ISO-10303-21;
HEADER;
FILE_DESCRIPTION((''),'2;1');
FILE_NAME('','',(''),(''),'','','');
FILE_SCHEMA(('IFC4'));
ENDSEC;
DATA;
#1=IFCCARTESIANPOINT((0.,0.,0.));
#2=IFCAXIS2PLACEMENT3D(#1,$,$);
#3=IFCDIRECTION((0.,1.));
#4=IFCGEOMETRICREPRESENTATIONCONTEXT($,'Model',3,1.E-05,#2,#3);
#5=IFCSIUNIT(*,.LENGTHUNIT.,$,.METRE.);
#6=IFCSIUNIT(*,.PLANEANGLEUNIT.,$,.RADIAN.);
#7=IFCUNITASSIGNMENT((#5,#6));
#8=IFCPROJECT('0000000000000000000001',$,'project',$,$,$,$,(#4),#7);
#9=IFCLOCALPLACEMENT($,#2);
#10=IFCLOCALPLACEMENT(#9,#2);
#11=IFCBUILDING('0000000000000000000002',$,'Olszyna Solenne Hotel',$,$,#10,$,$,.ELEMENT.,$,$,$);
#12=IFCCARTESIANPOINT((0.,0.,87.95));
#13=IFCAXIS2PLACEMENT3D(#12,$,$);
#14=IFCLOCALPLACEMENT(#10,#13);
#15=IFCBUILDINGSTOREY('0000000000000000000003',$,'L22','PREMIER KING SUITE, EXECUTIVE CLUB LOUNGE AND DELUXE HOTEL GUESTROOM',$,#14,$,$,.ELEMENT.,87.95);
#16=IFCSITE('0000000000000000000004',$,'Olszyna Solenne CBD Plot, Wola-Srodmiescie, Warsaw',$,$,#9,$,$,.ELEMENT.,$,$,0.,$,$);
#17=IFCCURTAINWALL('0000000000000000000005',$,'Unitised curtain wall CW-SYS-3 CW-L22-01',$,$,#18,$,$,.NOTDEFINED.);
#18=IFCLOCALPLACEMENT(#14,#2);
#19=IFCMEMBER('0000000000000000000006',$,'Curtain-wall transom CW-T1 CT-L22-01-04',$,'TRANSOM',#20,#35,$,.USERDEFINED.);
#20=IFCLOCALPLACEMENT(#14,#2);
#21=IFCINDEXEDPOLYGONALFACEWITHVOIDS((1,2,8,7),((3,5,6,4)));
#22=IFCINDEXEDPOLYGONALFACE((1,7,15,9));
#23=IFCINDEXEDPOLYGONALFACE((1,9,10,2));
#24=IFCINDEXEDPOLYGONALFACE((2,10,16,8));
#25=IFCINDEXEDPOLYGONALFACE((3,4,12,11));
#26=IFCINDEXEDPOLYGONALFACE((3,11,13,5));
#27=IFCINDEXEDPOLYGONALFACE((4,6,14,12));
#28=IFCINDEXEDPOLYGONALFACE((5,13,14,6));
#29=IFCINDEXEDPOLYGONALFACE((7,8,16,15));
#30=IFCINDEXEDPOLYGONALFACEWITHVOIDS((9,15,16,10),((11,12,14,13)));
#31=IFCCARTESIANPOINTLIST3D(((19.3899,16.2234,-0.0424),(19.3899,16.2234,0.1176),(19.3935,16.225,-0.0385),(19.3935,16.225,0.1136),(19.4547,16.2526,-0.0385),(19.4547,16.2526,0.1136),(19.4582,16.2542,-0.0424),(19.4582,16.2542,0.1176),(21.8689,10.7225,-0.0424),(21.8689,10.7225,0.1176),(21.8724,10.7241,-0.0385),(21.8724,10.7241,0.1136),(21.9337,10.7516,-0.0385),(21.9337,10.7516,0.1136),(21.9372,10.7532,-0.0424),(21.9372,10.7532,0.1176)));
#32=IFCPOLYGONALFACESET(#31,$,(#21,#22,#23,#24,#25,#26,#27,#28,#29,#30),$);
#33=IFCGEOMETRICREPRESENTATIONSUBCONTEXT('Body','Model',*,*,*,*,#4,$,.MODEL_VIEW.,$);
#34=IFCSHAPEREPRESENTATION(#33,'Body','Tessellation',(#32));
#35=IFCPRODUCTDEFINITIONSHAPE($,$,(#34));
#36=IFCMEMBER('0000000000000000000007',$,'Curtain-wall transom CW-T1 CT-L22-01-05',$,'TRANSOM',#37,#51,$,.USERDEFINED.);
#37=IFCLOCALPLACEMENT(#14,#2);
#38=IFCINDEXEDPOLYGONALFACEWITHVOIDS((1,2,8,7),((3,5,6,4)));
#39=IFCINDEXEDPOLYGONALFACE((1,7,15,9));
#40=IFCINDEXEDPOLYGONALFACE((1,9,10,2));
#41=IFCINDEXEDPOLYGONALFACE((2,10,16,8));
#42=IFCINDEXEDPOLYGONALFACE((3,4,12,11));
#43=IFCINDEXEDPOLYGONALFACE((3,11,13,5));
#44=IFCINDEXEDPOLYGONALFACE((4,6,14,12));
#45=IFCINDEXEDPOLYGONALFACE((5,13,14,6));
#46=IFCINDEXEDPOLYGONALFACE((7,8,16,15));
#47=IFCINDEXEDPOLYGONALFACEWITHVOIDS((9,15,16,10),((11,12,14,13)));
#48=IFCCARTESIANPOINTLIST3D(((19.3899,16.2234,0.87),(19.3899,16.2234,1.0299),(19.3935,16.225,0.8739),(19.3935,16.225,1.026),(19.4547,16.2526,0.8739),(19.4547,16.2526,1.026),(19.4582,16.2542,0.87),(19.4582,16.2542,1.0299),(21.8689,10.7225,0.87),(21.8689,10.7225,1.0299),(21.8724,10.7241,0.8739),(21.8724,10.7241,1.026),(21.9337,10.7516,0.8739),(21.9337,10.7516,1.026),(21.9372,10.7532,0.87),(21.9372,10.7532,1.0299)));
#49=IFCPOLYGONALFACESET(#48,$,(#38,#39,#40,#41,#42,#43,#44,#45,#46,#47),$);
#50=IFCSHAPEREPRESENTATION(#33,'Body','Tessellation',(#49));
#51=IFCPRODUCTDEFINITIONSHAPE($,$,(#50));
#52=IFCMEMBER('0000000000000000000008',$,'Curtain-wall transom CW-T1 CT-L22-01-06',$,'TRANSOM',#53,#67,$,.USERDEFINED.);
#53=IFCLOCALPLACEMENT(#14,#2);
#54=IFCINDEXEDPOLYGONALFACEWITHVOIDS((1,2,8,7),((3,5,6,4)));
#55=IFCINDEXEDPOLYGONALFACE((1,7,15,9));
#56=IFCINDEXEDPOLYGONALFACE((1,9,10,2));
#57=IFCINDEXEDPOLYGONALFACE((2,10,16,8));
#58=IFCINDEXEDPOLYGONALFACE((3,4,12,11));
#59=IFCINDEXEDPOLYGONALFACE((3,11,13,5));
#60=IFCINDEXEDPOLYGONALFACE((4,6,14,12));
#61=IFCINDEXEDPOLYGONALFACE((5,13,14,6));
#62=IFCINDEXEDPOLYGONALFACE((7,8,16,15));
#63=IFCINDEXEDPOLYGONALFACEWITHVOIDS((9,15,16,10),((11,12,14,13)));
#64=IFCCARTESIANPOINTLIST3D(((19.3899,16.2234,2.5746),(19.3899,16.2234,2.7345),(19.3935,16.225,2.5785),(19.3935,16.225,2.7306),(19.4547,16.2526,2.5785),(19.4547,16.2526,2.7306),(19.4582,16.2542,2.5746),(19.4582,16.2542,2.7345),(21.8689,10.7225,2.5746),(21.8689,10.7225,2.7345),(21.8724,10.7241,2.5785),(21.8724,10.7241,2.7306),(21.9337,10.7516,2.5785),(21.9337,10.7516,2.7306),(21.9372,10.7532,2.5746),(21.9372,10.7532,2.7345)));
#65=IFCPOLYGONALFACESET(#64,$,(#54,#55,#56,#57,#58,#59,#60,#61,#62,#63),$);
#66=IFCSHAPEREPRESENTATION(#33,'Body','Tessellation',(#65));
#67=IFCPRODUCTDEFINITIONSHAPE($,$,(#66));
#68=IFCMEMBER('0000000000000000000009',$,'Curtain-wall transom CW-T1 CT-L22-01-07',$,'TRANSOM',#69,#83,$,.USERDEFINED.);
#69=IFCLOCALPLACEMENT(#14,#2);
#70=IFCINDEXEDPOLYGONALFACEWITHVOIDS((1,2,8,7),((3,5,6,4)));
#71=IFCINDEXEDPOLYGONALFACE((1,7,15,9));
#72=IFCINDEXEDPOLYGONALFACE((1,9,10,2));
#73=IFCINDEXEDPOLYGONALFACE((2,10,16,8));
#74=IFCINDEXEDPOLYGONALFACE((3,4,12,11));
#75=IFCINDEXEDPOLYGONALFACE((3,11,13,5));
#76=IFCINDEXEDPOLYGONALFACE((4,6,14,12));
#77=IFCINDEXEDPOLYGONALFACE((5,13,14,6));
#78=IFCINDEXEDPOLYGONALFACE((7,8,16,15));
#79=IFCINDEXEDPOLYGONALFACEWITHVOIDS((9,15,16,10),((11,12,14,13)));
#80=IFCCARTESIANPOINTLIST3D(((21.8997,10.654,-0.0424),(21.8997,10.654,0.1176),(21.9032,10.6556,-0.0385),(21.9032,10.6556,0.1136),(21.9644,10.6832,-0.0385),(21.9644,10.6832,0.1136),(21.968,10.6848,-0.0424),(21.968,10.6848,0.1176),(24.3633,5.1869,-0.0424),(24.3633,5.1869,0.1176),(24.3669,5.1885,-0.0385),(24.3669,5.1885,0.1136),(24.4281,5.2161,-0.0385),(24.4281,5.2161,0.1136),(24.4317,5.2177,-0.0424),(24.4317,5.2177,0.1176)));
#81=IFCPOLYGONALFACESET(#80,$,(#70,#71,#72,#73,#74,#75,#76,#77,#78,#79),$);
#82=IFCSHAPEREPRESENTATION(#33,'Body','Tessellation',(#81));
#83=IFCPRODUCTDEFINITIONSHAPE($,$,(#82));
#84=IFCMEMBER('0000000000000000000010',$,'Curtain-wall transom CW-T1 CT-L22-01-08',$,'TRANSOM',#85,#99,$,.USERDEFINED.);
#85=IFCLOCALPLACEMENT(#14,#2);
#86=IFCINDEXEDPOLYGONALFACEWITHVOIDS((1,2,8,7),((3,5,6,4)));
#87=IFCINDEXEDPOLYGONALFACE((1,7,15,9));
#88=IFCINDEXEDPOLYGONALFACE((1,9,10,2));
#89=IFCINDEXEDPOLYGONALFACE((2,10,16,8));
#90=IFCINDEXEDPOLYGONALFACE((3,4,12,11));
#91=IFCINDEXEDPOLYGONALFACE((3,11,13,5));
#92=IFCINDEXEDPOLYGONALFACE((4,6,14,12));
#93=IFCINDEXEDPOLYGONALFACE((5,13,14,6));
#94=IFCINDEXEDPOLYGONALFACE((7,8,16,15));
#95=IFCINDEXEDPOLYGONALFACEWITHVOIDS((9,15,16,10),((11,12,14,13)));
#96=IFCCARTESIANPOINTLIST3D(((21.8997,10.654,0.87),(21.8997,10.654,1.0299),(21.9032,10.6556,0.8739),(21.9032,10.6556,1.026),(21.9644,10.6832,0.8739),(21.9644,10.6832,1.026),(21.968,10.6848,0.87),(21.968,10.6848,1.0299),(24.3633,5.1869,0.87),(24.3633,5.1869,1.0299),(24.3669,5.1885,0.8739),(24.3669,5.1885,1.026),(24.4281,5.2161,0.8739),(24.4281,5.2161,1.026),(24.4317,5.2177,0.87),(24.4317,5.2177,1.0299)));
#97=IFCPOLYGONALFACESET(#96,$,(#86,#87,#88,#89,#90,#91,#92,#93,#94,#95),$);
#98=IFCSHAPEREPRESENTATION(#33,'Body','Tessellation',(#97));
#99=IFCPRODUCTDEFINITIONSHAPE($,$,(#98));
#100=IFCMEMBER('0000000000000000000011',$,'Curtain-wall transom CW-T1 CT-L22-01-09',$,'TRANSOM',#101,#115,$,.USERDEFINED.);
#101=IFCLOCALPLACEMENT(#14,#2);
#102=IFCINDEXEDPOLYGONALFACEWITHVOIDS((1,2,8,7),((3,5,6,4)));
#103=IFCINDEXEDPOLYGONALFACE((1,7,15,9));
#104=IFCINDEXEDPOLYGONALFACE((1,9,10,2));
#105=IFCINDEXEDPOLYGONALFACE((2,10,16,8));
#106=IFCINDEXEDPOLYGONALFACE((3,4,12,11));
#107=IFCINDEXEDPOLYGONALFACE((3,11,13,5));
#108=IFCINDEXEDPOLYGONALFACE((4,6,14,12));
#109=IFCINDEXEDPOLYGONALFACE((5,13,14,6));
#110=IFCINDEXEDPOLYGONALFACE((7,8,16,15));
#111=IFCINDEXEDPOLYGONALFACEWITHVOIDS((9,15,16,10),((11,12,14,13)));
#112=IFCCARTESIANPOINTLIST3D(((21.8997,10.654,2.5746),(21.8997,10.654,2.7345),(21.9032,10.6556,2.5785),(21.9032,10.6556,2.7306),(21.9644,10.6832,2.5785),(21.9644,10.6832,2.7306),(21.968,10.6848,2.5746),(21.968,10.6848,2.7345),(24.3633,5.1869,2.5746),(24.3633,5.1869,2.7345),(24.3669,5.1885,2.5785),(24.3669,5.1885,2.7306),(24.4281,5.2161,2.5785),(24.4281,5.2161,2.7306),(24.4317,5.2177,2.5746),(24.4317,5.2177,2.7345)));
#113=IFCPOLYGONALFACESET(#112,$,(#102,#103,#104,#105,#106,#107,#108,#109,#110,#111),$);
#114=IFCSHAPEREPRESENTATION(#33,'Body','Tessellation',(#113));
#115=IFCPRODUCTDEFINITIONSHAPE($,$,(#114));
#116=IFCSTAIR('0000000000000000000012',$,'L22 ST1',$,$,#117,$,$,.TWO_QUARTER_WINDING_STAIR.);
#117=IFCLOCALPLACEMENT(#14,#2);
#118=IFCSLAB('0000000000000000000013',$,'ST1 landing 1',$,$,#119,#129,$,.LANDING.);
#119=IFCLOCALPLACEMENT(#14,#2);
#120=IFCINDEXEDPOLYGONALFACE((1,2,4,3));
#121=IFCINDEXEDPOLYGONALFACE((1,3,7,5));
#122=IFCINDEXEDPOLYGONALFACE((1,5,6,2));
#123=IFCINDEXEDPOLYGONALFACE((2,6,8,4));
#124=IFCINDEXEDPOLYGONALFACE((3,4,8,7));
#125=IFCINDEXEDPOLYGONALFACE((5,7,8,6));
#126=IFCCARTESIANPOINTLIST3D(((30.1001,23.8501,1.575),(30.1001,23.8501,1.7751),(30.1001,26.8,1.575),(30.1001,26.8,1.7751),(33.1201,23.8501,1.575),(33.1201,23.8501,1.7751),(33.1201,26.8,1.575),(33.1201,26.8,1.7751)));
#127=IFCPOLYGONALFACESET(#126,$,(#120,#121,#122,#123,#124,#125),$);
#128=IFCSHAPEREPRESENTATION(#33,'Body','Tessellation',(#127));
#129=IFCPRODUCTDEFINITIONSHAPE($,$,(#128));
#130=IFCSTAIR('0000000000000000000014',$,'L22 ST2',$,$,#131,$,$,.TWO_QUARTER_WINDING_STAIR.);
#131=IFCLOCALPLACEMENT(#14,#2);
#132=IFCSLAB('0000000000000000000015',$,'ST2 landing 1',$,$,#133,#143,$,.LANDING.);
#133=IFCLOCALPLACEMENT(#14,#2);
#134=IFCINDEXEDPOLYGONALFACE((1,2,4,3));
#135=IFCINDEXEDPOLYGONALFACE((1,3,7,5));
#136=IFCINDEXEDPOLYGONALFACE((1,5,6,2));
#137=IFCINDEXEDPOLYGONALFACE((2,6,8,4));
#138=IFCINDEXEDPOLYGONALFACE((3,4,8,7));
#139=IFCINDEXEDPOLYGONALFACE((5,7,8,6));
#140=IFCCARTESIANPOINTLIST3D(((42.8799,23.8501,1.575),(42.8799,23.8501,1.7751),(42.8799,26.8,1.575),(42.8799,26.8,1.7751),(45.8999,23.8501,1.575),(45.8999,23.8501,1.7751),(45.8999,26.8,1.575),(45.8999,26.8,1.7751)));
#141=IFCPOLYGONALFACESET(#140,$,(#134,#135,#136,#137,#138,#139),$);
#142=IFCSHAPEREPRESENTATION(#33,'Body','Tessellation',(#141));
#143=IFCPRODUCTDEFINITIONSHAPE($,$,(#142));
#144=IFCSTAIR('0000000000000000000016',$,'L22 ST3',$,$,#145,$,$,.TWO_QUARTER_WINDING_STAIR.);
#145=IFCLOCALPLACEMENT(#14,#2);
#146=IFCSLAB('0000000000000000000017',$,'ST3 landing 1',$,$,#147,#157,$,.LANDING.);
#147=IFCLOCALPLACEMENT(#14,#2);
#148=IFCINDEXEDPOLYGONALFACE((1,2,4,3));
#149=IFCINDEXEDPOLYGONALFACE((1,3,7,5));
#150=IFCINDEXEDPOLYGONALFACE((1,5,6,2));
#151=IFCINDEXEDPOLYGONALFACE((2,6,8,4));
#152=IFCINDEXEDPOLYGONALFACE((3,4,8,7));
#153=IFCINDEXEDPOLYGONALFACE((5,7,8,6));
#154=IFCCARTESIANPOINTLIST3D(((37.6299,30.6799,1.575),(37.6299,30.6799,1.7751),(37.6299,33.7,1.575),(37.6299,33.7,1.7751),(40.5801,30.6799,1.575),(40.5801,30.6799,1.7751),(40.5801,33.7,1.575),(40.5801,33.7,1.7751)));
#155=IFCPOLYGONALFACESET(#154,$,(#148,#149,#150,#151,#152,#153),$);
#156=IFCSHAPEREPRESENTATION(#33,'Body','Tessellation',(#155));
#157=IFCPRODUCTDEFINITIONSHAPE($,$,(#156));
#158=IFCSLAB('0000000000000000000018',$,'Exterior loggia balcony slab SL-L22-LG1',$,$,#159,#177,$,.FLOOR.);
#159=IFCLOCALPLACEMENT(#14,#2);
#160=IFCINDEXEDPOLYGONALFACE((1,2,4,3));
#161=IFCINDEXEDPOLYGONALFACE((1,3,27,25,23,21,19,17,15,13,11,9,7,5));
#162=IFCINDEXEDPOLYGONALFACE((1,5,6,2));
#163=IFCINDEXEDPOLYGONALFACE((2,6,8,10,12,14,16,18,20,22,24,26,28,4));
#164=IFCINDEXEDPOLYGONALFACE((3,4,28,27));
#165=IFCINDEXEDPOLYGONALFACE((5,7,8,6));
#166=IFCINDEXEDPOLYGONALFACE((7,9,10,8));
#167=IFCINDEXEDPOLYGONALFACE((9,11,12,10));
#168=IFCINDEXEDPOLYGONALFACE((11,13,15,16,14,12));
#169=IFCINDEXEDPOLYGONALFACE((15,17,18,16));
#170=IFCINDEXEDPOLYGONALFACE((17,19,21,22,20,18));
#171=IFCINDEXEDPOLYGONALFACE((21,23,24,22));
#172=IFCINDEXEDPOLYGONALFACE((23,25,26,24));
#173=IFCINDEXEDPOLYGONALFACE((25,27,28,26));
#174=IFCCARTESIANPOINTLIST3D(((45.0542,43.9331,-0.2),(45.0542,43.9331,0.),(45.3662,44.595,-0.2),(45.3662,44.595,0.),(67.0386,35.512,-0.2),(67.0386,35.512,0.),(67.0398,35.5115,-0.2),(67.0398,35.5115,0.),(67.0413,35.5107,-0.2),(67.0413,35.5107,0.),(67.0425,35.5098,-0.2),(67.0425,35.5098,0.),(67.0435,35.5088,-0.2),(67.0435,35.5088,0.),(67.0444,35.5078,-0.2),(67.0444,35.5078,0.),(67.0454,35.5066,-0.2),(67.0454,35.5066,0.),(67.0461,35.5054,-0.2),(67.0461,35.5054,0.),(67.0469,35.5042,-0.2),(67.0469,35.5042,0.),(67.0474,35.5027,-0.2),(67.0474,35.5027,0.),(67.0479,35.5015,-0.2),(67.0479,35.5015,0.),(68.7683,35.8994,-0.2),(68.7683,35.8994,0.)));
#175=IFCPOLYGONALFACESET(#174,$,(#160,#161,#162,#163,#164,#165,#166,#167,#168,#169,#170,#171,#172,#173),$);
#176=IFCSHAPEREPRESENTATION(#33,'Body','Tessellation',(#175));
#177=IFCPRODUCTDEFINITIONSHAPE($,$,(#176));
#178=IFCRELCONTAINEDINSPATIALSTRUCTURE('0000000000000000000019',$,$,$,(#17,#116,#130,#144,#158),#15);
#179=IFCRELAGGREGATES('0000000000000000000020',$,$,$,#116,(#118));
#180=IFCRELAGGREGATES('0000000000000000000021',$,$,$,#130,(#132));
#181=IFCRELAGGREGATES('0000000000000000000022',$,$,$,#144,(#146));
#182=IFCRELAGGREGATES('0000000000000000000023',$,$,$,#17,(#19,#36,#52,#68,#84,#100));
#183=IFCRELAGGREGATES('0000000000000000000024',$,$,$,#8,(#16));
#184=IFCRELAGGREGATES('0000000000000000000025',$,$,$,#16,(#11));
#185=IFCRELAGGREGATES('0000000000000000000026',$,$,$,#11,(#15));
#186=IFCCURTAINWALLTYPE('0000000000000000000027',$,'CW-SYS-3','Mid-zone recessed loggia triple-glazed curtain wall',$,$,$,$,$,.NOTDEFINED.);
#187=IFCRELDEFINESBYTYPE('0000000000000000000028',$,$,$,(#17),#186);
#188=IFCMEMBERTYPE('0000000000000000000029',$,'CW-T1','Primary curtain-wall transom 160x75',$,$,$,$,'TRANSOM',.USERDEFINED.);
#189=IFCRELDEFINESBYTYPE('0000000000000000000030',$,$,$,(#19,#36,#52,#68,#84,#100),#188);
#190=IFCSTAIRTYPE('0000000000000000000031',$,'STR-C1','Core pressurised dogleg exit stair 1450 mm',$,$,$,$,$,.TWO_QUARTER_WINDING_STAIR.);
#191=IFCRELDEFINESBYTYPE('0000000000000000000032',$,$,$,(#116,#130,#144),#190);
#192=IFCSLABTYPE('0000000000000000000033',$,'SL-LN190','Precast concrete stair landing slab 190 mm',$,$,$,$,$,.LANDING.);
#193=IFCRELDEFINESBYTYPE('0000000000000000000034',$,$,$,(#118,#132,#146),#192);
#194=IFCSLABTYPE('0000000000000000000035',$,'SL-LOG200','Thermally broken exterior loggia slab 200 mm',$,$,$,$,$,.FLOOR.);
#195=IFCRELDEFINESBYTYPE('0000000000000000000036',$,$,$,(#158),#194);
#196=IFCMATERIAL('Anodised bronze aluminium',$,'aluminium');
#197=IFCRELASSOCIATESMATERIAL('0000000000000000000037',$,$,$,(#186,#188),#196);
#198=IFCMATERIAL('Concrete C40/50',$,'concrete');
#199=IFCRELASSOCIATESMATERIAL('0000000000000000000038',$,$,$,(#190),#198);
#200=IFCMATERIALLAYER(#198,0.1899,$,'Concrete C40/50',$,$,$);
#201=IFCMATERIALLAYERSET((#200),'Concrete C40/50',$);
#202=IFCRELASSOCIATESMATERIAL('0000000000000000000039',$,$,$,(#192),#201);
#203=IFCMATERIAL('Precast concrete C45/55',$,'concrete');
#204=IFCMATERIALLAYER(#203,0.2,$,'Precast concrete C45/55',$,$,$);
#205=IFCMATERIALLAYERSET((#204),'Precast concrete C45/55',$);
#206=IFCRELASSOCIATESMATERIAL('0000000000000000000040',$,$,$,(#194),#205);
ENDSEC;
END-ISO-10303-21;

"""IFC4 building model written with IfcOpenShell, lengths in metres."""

from ifc_helpers import new_model, si_unit, direction, frame, origin, origin_2d, place, context, subcontext, project, spatial, polyline, hollow_rectangle, outline, extrude, source, transform, mapped, material, layer, layer_set, material_profile, profile_set, type_object, element, aggregate, save


model = new_model("IFC4")

# Units and contexts
model_context = context("Model", 3, precision=1e-05, world=origin(), true_north=direction((0.0, 1.0)))
body_context = subcontext(model_context, "Body", "Model", "MODEL_VIEW")
ifc_project = project(units=[si_unit("LENGTHUNIT", "METRE"), si_unit("PLANEANGLEUNIT", "RADIAN")], contexts=[model_context])

# Site, building, storey
site_placement = place(None, origin())
site = spatial("IfcSite", under=ifc_project, at=site_placement, Name="Olszyna Solenne CBD Plot, Wola-Srodmiescie, Warsaw", CompositionType="ELEMENT", RefElevation=0.0)
building_placement = place(site_placement, origin())
building = spatial("IfcBuilding", under=site, at=building_placement, Name="Olszyna Solenne Hotel", CompositionType="ELEMENT")
storey_placement = place(building_placement, frame((0.0, 0.0, 87.95)))
storey = spatial("IfcBuildingStorey", under=building, at=storey_placement, Name="L22", Description="PREMIER KING SUITE, EXECUTIVE CLUB LOUNGE AND DELUXE HOTEL GUESTROOM", CompositionType="ELEMENT", Elevation=87.95)

# Curtain wall, members
ifc_material_1 = material(Name="Anodised bronze aluminium", Category="aluminium")
curtain_wall_type = type_object("IfcCurtainWallType", Name="CW-SYS-3", Description="Mid-zone recessed loggia triple-glazed curtain wall", PredefinedType="NOTDEFINED", material=ifc_material_1)
curtain_wall_placement = place(storey_placement, origin())
curtain_wall = element("IfcCurtainWall", 1, at=curtain_wall_placement, inside=storey, type_object=curtain_wall_type, Name="Unitised curtain wall CW-SYS-3 CW-L22-01", PredefinedType="NOTDEFINED")
ifc_material_profile_1 = material_profile(ifc_material_1, hollow_rectangle(XDim=0.075, YDim=0.1599, WallThickness=0.0039, at=origin_2d()), Name="TRAN 160x75x4", Category="load-bearing")
ifc_profile_set_1 = profile_set([ifc_material_profile_1], Name="Anodised bronze aluminium")
member_type_1 = type_object("IfcMemberType", Name="CW-T1", Description="Primary curtain-wall transom 160x75", ElementType="TRANSOM", PredefinedType="USERDEFINED", material=ifc_profile_set_1)
shared_shape_1 = source(origin(), body_context, "Body", "SweptSolid", [
    extrude(hollow_rectangle(XDim=0.075, YDim=0.1599, WallThickness=0.0039, at=origin_2d()), origin(), (0.0, 0.0, 1.0), 6.0337),
])
member_1_placement = place(storey_placement, frame((19.4241, 16.2388, 0.0376), z_axis=(0.410856, -0.9117, 0.0), x_axis=(0.9117, 0.410856, 0.0)))
member_1 = element("IfcMember", 2, at=member_1_placement, type_object=member_type_1, Name="Curtain-wall transom CW-T1 CT-L22-01-04", ObjectType="TRANSOM", PredefinedType="USERDEFINED", context=body_context, shape_type="MappedRepresentation", body=[
    mapped(shared_shape_1, transform((0.0, 0.0, 0.0), x_axis=(1.0, 0.0, 0.0), y_axis=(0.0, 1.0, 0.0), z_axis=(0.0, 0.0, 1.0), scale=1.0)),
])
member_2_placement = place(storey_placement, frame((19.4241, 16.2388, 0.95), z_axis=(0.410856, -0.9117, 0.0), x_axis=(0.9117, 0.410856, 0.0)))
member_2 = element("IfcMember", 3, at=member_2_placement, type_object=member_type_1, Name="Curtain-wall transom CW-T1 CT-L22-01-05", ObjectType="TRANSOM", PredefinedType="USERDEFINED", context=body_context, shape_type="MappedRepresentation", body=[
    mapped(shared_shape_1, transform((0.0, 0.0, 0.0), x_axis=(1.0, 0.0, 0.0), y_axis=(0.0, 1.0, 0.0), z_axis=(0.0, 0.0, 1.0), scale=1.0)),
])
member_3_placement = place(storey_placement, frame((19.4241, 16.2388, 2.6545), z_axis=(0.410856, -0.9117, 0.0), x_axis=(0.9117, 0.410856, 0.0)))
member_3 = element("IfcMember", 4, at=member_3_placement, type_object=member_type_1, Name="Curtain-wall transom CW-T1 CT-L22-01-06", ObjectType="TRANSOM", PredefinedType="USERDEFINED", context=body_context, shape_type="MappedRepresentation", body=[
    mapped(shared_shape_1, transform((0.0, 0.0, 0.0), x_axis=(1.0, 0.0, 0.0), y_axis=(0.0, 1.0, 0.0), z_axis=(0.0, 0.0, 1.0), scale=1.0)),
])
shared_shape_2 = source(origin(), body_context, "Body", "SweptSolid", [
    extrude(hollow_rectangle(XDim=0.075, YDim=0.1599, WallThickness=0.0039, at=origin_2d()), origin(), (0.0, 0.0, 1.0), 5.9966),
])
member_4_placement = place(storey_placement, frame((21.9338, 10.6694, 0.0376), z_axis=(0.410844, -0.911706, 0.0), x_axis=(0.911706, 0.410844, 0.0)))
member_4 = element("IfcMember", 5, at=member_4_placement, type_object=member_type_1, Name="Curtain-wall transom CW-T1 CT-L22-01-07", ObjectType="TRANSOM", PredefinedType="USERDEFINED", context=body_context, shape_type="MappedRepresentation", body=[
    mapped(shared_shape_2, transform((0.0, 0.0, 0.0), x_axis=(1.0, 0.0, 0.0), y_axis=(0.0, 1.0, 0.0), z_axis=(0.0, 0.0, 1.0), scale=1.0)),
])
member_5_placement = place(storey_placement, frame((21.9338, 10.6694, 0.95), z_axis=(0.410844, -0.911706, 0.0), x_axis=(0.911706, 0.410844, 0.0)))
member_5 = element("IfcMember", 6, at=member_5_placement, type_object=member_type_1, Name="Curtain-wall transom CW-T1 CT-L22-01-08", ObjectType="TRANSOM", PredefinedType="USERDEFINED", context=body_context, shape_type="MappedRepresentation", body=[
    mapped(shared_shape_2, transform((0.0, 0.0, 0.0), x_axis=(1.0, 0.0, 0.0), y_axis=(0.0, 1.0, 0.0), z_axis=(0.0, 0.0, 1.0), scale=1.0)),
])
member_6_placement = place(storey_placement, frame((21.9338, 10.6694, 2.6545), z_axis=(0.410844, -0.911706, 0.0), x_axis=(0.911706, 0.410844, 0.0)))
member_6 = element("IfcMember", 7, at=member_6_placement, type_object=member_type_1, Name="Curtain-wall transom CW-T1 CT-L22-01-09", ObjectType="TRANSOM", PredefinedType="USERDEFINED", context=body_context, shape_type="MappedRepresentation", body=[
    mapped(shared_shape_2, transform((0.0, 0.0, 0.0), x_axis=(1.0, 0.0, 0.0), y_axis=(0.0, 1.0, 0.0), z_axis=(0.0, 0.0, 1.0), scale=1.0)),
])

# Stairs, slabs
ifc_material_2 = material(Name="Concrete C40/50", Category="concrete")
stair_type = type_object("IfcStairType", Name="STR-C1", Description="Core pressurised dogleg exit stair 1450 mm", PredefinedType="TWO_QUARTER_WINDING_STAIR", material=ifc_material_2)
stair_1_placement = place(storey_placement, origin())
stair_1 = element("IfcStair", 8, at=stair_1_placement, inside=storey, type_object=stair_type, Name="L22 ST1", PredefinedType="TWO_QUARTER_WINDING_STAIR")
ifc_layer_1 = layer(ifc_material_2, 0.1899, Name="Concrete C40/50")
ifc_layer_set_1 = layer_set([ifc_layer_1], Name="Concrete C40/50")
slab_type_1 = type_object("IfcSlabType", Name="SL-LN190", Description="Precast concrete stair landing slab 190 mm", PredefinedType="LANDING", material=ifc_layer_set_1)
slab_1_placement = place(storey_placement, frame((0.0, 0.0, 1.575)))
slab_1 = element("IfcSlab", 9, at=slab_1_placement, type_object=slab_type_1, Name="ST1 landing 1", PredefinedType="LANDING", context=body_context, shape_type="SweptSolid", body=[
    extrude(outline(polyline([(33.1201, 23.8501), (33.1201, 26.8), (30.1001, 26.8), (30.1001, 23.8501), (33.1201, 23.8501)])), origin(), (0.0, 0.0, 1.0), 0.2002),
])
aggregate(stair_1, [slab_1])
stair_2_placement = place(storey_placement, origin())
stair_2 = element("IfcStair", 10, at=stair_2_placement, inside=storey, type_object=stair_type, Name="L22 ST2", PredefinedType="TWO_QUARTER_WINDING_STAIR")
slab_2_placement = place(storey_placement, frame((0.0, 0.0, 1.575)))
slab_2 = element("IfcSlab", 11, at=slab_2_placement, type_object=slab_type_1, Name="ST2 landing 1", PredefinedType="LANDING", context=body_context, shape_type="SweptSolid", body=[
    extrude(outline(polyline([(45.8999, 23.8501), (45.8999, 26.8), (42.8799, 26.8), (42.8799, 23.8501), (45.8999, 23.8501)])), origin(), (0.0, 0.0, 1.0), 0.2002),
])
aggregate(stair_2, [slab_2])
stair_3_placement = place(storey_placement, origin())
stair_3 = element("IfcStair", 12, at=stair_3_placement, inside=storey, type_object=stair_type, Name="L22 ST3", PredefinedType="TWO_QUARTER_WINDING_STAIR")
slab_3_placement = place(storey_placement, frame((0.0, 0.0, 1.575)))
slab_3 = element("IfcSlab", 13, at=slab_3_placement, type_object=slab_type_1, Name="ST3 landing 1", PredefinedType="LANDING", context=body_context, shape_type="SweptSolid", body=[
    extrude(outline(polyline([(37.6299, 30.6799), (40.5801, 30.6799), (40.5801, 33.7), (37.6299, 33.7), (37.6299, 30.6799)])), origin(), (0.0, 0.0, 1.0), 0.2002),
])
aggregate(stair_3, [slab_3])

# Slab
ifc_material_3 = material(Name="Precast concrete C45/55", Category="concrete")
ifc_layer_2 = layer(ifc_material_3, 0.2, Name="Precast concrete C45/55")
ifc_layer_set_2 = layer_set([ifc_layer_2], Name="Precast concrete C45/55")
slab_type_2 = type_object("IfcSlabType", Name="SL-LOG200", Description="Thermally broken exterior loggia slab 200 mm", PredefinedType="FLOOR", material=ifc_layer_set_2)
slab_4_placement = place(storey_placement, frame((0.0, 0.0, -0.2)))
element("IfcSlab", 14, at=slab_4_placement, inside=storey, type_object=slab_type_2, Name="Exterior loggia balcony slab SL-L22-LG1", PredefinedType="FLOOR", context=body_context, shape_type="SweptSolid", body=[
    extrude(outline(polyline([(45.0542, 43.9331), (67.0386, 35.512), (67.0398, 35.5115), (67.0413, 35.5107), (67.0425, 35.5098), (67.0435, 35.5088), (67.0444, 35.5078), (67.0454, 35.5066), (67.0461, 35.5054), (67.0469, 35.5042), (67.0474, 35.5027), (67.0479, 35.5015), (68.7683, 35.8994), (45.3662, 44.595), (45.0542, 43.9331)])), origin(), (0.0, 0.0, 1.0), 0.2),
])

aggregate(curtain_wall, [member_1, member_2, member_3, member_4, member_5, member_6])

save(model, "model.ifc")
